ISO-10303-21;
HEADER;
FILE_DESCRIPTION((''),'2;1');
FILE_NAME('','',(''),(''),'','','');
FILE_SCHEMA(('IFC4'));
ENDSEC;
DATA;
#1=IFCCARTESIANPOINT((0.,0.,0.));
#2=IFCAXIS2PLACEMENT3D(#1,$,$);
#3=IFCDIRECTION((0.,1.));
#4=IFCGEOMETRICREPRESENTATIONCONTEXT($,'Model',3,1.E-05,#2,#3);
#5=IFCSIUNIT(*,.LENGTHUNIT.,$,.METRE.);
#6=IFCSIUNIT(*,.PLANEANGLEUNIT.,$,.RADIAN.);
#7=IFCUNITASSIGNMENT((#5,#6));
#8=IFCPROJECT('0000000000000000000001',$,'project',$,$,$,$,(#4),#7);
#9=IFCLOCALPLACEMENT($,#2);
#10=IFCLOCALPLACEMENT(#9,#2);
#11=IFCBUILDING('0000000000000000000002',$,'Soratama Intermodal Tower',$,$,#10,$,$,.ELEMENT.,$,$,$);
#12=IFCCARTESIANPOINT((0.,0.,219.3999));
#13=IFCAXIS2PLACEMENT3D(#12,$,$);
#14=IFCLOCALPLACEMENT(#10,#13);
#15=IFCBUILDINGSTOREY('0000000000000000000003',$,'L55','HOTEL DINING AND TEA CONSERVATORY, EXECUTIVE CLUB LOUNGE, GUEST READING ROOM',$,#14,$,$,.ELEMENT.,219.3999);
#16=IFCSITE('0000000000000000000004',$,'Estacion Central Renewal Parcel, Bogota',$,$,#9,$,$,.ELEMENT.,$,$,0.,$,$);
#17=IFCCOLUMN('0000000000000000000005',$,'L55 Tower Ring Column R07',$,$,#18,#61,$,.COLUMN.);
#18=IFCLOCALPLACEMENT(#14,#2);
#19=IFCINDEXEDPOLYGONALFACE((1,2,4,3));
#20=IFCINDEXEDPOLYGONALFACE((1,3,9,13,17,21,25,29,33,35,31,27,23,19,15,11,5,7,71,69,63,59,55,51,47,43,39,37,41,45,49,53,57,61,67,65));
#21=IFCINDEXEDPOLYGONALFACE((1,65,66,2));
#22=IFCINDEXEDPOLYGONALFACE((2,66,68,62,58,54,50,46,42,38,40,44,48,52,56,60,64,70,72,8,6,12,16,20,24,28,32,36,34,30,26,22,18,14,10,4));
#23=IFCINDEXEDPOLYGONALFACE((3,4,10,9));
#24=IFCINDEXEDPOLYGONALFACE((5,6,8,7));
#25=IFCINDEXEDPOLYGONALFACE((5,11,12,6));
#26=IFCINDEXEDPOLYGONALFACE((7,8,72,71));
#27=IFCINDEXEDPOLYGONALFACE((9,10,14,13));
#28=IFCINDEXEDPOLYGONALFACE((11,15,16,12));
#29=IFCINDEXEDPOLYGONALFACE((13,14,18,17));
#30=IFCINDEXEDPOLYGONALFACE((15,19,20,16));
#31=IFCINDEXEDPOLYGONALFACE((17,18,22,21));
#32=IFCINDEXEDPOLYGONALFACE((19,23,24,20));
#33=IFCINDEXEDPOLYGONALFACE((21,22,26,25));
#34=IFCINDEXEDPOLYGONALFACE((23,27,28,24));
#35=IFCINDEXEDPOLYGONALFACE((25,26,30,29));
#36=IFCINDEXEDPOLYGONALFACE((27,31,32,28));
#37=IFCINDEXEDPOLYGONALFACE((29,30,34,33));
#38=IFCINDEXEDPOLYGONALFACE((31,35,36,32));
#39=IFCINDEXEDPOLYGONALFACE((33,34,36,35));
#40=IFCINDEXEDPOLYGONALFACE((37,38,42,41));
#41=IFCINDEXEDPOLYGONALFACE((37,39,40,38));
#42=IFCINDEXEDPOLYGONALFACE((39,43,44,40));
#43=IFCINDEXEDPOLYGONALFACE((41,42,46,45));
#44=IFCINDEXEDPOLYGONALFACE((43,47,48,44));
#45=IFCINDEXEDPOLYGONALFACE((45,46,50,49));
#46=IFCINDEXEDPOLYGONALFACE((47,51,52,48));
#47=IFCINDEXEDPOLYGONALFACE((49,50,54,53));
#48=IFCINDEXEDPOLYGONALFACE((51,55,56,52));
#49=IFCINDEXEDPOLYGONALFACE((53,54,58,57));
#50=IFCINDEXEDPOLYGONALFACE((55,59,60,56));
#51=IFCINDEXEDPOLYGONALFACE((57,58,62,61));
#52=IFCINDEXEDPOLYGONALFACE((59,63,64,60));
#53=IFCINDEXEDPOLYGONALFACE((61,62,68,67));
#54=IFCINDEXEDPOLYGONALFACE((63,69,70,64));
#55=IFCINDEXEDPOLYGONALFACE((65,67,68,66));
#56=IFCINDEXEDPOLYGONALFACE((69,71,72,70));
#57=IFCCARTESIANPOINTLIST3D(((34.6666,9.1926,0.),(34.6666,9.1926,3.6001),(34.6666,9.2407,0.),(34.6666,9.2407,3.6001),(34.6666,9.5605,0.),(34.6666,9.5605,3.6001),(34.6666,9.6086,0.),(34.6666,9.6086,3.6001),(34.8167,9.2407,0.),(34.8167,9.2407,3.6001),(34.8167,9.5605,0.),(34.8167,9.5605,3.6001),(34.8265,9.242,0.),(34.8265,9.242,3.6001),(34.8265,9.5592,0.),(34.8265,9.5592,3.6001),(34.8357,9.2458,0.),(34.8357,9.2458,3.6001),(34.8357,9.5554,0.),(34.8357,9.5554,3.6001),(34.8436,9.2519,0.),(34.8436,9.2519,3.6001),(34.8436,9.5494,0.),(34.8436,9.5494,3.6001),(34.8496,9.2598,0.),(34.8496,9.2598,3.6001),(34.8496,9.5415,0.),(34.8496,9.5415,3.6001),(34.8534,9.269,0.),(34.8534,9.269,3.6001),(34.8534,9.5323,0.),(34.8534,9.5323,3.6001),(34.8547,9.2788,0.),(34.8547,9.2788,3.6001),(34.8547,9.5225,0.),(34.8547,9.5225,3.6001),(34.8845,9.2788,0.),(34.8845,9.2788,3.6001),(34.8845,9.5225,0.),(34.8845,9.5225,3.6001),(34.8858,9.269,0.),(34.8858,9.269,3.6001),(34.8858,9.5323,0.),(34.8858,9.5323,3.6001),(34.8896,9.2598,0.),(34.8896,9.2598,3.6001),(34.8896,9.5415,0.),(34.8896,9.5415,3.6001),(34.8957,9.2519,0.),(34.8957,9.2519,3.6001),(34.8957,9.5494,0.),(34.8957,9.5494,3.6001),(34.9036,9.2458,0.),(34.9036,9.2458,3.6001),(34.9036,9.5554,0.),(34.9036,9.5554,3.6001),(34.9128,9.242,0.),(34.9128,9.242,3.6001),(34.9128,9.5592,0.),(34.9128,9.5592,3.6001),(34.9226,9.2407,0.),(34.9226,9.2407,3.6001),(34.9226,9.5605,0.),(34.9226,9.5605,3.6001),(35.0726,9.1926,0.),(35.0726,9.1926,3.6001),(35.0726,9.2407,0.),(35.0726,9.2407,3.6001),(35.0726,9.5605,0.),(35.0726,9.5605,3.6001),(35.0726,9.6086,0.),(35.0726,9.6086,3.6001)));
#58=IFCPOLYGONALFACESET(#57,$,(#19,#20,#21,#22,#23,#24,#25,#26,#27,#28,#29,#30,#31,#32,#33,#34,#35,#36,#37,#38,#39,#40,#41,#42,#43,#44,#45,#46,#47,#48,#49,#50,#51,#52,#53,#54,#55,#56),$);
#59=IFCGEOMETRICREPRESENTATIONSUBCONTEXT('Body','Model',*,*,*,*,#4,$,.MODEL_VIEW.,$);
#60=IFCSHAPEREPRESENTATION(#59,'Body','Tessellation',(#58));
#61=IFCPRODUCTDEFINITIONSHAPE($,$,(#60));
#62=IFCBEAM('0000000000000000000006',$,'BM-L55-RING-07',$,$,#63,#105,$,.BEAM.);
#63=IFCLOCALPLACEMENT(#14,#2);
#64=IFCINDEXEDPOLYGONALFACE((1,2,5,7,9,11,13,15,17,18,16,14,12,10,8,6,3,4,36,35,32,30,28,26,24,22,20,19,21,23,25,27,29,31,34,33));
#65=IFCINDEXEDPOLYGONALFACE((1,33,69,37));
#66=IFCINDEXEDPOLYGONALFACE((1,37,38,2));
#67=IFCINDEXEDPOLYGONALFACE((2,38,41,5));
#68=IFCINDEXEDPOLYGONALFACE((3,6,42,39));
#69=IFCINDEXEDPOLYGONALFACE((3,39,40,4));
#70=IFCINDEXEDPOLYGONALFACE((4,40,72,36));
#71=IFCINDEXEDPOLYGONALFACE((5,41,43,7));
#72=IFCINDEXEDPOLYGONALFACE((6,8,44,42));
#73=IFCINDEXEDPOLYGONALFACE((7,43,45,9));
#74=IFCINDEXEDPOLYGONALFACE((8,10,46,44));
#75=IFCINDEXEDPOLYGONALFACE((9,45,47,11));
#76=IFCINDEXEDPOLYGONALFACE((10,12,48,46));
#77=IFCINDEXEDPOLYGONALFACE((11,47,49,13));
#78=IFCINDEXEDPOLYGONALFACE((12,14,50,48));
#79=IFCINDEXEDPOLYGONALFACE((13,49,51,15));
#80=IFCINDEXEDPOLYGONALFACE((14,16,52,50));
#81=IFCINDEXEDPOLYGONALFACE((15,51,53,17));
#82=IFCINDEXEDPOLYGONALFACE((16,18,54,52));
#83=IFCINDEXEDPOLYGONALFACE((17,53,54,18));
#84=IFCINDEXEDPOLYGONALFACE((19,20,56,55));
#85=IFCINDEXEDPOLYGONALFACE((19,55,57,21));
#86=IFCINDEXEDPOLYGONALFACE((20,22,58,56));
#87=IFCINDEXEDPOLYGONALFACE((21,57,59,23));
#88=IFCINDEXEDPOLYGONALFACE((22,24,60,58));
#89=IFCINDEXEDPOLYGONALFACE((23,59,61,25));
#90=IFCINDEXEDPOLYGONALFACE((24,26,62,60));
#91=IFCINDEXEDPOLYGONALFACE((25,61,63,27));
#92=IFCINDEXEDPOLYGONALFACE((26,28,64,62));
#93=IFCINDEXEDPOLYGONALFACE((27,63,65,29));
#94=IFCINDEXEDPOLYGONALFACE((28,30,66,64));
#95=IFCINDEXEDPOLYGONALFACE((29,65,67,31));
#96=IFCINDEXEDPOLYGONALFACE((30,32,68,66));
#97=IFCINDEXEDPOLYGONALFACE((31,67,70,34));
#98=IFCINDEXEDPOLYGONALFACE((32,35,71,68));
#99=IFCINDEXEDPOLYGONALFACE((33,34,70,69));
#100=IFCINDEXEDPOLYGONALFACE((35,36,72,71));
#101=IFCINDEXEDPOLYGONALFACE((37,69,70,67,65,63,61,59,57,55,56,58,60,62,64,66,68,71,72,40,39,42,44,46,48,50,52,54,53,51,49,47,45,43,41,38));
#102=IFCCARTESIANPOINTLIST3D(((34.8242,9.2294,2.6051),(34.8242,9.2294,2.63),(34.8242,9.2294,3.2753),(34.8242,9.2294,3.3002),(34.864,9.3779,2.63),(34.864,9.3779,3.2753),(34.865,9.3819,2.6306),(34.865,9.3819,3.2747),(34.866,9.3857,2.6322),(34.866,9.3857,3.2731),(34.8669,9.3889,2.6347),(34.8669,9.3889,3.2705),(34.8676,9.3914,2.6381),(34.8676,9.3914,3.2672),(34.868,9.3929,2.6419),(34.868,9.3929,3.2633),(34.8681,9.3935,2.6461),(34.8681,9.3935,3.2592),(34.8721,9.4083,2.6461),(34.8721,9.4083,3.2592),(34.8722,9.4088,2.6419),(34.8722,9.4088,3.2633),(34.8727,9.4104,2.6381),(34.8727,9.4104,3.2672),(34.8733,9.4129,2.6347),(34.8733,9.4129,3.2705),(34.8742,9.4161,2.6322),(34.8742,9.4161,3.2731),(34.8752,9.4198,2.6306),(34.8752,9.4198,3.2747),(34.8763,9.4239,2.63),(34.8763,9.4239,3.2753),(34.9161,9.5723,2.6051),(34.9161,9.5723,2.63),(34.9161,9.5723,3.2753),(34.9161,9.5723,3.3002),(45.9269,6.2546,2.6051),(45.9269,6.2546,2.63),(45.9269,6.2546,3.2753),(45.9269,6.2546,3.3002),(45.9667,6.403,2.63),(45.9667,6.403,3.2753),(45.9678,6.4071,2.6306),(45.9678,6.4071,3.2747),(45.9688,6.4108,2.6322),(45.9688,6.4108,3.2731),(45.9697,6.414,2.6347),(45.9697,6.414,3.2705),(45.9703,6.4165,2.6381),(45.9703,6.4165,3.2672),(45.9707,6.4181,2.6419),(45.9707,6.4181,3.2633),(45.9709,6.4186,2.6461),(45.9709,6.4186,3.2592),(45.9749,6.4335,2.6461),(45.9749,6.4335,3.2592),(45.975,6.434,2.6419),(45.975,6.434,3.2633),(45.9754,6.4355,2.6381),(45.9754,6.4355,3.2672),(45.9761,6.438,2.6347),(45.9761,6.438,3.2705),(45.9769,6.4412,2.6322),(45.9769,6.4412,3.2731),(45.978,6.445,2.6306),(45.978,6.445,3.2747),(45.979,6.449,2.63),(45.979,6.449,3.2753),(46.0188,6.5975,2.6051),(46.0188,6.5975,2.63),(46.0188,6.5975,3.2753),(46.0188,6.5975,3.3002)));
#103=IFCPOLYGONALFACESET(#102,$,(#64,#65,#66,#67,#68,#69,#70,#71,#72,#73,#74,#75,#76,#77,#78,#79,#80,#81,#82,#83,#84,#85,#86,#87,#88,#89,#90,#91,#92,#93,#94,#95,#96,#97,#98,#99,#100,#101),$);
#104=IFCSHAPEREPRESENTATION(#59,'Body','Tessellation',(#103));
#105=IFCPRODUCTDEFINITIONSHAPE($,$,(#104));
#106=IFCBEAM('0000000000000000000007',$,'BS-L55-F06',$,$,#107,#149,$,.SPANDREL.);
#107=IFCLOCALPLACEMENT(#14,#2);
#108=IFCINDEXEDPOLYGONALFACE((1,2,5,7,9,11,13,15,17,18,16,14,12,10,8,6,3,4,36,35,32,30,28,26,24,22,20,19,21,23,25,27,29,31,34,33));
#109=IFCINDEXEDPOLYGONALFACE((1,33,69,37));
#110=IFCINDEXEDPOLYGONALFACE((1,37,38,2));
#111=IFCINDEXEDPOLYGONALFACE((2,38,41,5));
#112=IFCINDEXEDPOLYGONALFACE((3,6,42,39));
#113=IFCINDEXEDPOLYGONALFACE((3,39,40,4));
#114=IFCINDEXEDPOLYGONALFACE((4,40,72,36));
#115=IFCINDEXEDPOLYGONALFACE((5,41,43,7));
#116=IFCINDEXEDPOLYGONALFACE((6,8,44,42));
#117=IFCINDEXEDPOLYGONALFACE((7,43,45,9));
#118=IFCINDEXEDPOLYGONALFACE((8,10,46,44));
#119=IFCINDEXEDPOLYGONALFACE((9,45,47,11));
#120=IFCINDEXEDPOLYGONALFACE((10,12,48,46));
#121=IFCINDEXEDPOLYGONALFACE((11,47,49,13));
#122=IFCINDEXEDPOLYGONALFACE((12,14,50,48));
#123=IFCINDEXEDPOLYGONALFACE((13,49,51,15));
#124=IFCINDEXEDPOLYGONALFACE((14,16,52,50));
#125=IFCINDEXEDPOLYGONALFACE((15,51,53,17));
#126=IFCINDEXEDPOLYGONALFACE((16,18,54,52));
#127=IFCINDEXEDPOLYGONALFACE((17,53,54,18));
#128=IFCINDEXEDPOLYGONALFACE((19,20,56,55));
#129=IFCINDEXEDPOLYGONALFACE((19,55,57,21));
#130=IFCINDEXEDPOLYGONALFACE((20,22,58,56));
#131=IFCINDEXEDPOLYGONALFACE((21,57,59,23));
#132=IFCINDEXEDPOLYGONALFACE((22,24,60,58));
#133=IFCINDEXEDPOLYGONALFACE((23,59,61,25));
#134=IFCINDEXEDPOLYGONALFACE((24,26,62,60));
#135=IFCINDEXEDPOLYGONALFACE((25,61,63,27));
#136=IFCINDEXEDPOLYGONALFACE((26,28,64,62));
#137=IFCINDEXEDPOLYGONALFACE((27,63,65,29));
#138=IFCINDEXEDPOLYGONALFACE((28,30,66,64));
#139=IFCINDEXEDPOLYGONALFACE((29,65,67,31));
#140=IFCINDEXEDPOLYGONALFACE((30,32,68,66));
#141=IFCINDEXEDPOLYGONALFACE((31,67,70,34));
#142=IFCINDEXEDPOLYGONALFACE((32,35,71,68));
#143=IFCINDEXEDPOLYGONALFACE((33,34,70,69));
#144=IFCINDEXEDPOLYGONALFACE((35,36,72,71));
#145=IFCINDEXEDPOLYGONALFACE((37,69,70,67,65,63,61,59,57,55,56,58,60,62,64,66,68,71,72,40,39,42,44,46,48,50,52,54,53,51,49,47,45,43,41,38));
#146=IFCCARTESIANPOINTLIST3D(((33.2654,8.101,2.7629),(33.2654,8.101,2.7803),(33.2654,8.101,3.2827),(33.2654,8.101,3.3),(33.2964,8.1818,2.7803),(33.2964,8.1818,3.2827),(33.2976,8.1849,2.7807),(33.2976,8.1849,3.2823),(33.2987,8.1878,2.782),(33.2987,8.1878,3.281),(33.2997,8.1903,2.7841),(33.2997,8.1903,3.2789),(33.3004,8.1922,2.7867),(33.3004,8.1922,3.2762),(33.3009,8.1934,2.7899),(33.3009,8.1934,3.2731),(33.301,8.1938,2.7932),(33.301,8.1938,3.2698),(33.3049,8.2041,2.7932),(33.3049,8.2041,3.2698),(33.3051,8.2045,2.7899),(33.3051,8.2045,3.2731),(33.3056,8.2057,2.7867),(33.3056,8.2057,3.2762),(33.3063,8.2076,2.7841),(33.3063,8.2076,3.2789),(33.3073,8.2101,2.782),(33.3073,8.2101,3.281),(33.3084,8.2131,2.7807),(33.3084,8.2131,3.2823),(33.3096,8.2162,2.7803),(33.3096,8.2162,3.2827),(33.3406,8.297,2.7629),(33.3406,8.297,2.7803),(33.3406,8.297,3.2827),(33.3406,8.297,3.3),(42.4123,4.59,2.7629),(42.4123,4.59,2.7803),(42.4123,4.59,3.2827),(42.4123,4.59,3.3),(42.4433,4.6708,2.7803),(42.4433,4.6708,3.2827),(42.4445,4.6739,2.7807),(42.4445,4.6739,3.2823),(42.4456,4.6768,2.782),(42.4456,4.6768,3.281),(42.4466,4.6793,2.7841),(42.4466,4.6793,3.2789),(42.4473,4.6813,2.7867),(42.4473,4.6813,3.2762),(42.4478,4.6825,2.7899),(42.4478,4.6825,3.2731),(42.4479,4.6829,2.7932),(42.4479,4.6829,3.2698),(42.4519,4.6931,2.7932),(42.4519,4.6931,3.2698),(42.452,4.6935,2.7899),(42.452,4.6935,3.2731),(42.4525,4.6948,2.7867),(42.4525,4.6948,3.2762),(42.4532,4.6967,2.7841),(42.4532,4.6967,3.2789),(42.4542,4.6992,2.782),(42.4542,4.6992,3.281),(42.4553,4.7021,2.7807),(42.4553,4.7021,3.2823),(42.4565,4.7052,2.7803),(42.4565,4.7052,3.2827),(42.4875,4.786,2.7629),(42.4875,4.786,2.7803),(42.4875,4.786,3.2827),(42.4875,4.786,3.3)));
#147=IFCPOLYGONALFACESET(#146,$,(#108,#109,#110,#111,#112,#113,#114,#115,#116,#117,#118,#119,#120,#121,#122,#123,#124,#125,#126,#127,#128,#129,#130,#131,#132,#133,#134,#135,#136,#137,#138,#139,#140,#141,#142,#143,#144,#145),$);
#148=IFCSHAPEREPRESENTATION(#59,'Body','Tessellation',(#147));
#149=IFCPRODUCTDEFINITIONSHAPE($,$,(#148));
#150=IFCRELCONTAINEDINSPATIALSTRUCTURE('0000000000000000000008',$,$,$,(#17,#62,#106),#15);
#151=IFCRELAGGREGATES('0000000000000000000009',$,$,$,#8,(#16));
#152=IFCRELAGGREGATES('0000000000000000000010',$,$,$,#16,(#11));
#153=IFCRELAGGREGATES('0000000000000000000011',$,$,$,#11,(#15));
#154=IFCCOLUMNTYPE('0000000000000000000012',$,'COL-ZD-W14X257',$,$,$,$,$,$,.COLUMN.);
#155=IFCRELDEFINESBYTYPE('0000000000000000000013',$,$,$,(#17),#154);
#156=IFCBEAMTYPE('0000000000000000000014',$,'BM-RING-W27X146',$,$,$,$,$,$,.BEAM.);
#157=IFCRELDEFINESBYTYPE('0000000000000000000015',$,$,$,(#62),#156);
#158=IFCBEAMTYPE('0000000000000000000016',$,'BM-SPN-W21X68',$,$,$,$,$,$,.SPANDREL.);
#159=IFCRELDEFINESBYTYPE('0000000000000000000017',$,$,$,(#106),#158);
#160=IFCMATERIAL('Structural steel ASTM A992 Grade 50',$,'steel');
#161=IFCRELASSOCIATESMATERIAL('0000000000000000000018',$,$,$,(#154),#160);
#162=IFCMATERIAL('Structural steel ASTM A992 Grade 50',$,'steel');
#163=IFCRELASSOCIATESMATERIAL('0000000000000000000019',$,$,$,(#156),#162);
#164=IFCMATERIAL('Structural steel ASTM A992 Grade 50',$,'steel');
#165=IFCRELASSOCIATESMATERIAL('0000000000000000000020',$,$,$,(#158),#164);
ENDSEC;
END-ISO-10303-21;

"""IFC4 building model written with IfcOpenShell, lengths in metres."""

from ifc_helpers import new_model, si_unit, direction, frame, origin, origin_2d, place, context, subcontext, project, spatial, i_section, extrude, material, material_profile, profile_set, type_object, element, save


model = new_model("IFC4")

# Units and contexts
model_context = context("Model", 3, precision=1e-05, world=origin(), true_north=direction((0.0, 1.0)))
body_context = subcontext(model_context, "Body", "Model", "MODEL_VIEW")
ifc_project = project(units=[si_unit("LENGTHUNIT", "METRE"), si_unit("PLANEANGLEUNIT", "RADIAN")], contexts=[model_context])

# Site, building, storey
site_placement = place(None, origin())
site = spatial("IfcSite", under=ifc_project, at=site_placement, Name="Estacion Central Renewal Parcel, Bogota", CompositionType="ELEMENT", RefElevation=0.0)
building_placement = place(site_placement, origin())
building = spatial("IfcBuilding", under=site, at=building_placement, Name="Soratama Intermodal Tower", CompositionType="ELEMENT")
storey_placement = place(building_placement, frame((0.0, 0.0, 219.3999)))
storey = spatial("IfcBuildingStorey", under=building, at=storey_placement, Name="L55", Description="HOTEL DINING AND TEA CONSERVATORY, EXECUTIVE CLUB LOUNGE, GUEST READING ROOM", CompositionType="ELEMENT", Elevation=219.3999)

# Column
ifc_material_1 = material(Name="Structural steel ASTM A992 Grade 50", Category="steel")
ifc_material_profile_1 = material_profile(ifc_material_1, i_section(OverallWidth=0.406, OverallDepth=0.416, WebThickness=0.0298, FlangeThickness=0.0481, FilletRadius=0.0381, at=origin_2d()), Name="W14X257")
ifc_profile_set_1 = profile_set([ifc_material_profile_1], Name="Structural steel ASTM A992 Grade 50")
column_type = type_object("IfcColumnType", Name="COL-ZD-W14X257", PredefinedType="COLUMN", material=ifc_profile_set_1)
column_placement = place(storey_placement, frame((34.8696, 9.4006, 0.0), z_axis=(0.0, 0.0, 1.0), x_axis=(1.0, 0.0, 0.0)))
element("IfcColumn", 1, at=column_placement, inside=storey, type_object=column_type, Name="L55 Tower Ring Column R07", PredefinedType="COLUMN", context=body_context, shape_type="SweptSolid", body=[
    extrude(i_section(OverallWidth=0.406, OverallDepth=0.416, WebThickness=0.0298, FlangeThickness=0.0481, FilletRadius=0.0381, at=origin_2d()), origin(), (0.0, 0.0, 1.0), 3.6001),
])

# Beams
ifc_material_2 = material(Name="Structural steel ASTM A992 Grade 50", Category="steel")
ifc_material_profile_2 = material_profile(ifc_material_2, i_section(OverallWidth=0.355, OverallDepth=0.6951, WebThickness=0.0154, FlangeThickness=0.0249, FilletRadius=0.0161, at=origin_2d()), Name="W27X146")
ifc_profile_set_2 = profile_set([ifc_material_profile_2], Name="Structural steel ASTM A992 Grade 50")
beam_type_1 = type_object("IfcBeamType", Name="BM-RING-W27X146", PredefinedType="BEAM", material=ifc_profile_set_2)
beam_1_placement = place(storey_placement, frame((34.8701, 9.4009, 2.9526), z_axis=(0.965929, -0.258809, 0.0), x_axis=(0.258809, 0.965929, 0.0)))
element("IfcBeam", 2, at=beam_1_placement, inside=storey, type_object=beam_type_1, Name="BM-L55-RING-07", PredefinedType="BEAM", context=body_context, shape_type="SweptSolid", body=[
    extrude(i_section(OverallWidth=0.355, OverallDepth=0.6951, WebThickness=0.0154, FlangeThickness=0.0249, FilletRadius=0.0161, at=origin_2d()), origin(), (0.0, 0.0, 1.0), 11.4944),
])
ifc_material_3 = material(Name="Structural steel ASTM A992 Grade 50", Category="steel")
ifc_material_profile_3 = material_profile(ifc_material_3, i_section(OverallWidth=0.21, OverallDepth=0.5371, WebThickness=0.011, FlangeThickness=0.0173, FilletRadius=0.0129, at=origin_2d()), Name="W21X68")
ifc_profile_set_3 = profile_set([ifc_material_profile_3], Name="Structural steel ASTM A992 Grade 50")
beam_type_2 = type_object("IfcBeamType", Name="BM-SPN-W21X68", PredefinedType="SPANDREL", material=ifc_profile_set_3)
beam_2_placement = place(storey_placement, frame((33.303, 8.199, 3.0315), z_axis=(0.933588, -0.358349, 0.0), x_axis=(0.358349, 0.933588, 0.0)))
element("IfcBeam", 3, at=beam_2_placement, inside=storey, type_object=beam_type_2, Name="BS-L55-F06", PredefinedType="SPANDREL", context=body_context, shape_type="SweptSolid", body=[
    extrude(i_section(OverallWidth=0.21, OverallDepth=0.5371, WebThickness=0.011, FlangeThickness=0.0173, FilletRadius=0.0129, at=origin_2d()), origin(), (0.0, 0.0, 1.0), 9.7976),
])

save(model, "model.ifc")
